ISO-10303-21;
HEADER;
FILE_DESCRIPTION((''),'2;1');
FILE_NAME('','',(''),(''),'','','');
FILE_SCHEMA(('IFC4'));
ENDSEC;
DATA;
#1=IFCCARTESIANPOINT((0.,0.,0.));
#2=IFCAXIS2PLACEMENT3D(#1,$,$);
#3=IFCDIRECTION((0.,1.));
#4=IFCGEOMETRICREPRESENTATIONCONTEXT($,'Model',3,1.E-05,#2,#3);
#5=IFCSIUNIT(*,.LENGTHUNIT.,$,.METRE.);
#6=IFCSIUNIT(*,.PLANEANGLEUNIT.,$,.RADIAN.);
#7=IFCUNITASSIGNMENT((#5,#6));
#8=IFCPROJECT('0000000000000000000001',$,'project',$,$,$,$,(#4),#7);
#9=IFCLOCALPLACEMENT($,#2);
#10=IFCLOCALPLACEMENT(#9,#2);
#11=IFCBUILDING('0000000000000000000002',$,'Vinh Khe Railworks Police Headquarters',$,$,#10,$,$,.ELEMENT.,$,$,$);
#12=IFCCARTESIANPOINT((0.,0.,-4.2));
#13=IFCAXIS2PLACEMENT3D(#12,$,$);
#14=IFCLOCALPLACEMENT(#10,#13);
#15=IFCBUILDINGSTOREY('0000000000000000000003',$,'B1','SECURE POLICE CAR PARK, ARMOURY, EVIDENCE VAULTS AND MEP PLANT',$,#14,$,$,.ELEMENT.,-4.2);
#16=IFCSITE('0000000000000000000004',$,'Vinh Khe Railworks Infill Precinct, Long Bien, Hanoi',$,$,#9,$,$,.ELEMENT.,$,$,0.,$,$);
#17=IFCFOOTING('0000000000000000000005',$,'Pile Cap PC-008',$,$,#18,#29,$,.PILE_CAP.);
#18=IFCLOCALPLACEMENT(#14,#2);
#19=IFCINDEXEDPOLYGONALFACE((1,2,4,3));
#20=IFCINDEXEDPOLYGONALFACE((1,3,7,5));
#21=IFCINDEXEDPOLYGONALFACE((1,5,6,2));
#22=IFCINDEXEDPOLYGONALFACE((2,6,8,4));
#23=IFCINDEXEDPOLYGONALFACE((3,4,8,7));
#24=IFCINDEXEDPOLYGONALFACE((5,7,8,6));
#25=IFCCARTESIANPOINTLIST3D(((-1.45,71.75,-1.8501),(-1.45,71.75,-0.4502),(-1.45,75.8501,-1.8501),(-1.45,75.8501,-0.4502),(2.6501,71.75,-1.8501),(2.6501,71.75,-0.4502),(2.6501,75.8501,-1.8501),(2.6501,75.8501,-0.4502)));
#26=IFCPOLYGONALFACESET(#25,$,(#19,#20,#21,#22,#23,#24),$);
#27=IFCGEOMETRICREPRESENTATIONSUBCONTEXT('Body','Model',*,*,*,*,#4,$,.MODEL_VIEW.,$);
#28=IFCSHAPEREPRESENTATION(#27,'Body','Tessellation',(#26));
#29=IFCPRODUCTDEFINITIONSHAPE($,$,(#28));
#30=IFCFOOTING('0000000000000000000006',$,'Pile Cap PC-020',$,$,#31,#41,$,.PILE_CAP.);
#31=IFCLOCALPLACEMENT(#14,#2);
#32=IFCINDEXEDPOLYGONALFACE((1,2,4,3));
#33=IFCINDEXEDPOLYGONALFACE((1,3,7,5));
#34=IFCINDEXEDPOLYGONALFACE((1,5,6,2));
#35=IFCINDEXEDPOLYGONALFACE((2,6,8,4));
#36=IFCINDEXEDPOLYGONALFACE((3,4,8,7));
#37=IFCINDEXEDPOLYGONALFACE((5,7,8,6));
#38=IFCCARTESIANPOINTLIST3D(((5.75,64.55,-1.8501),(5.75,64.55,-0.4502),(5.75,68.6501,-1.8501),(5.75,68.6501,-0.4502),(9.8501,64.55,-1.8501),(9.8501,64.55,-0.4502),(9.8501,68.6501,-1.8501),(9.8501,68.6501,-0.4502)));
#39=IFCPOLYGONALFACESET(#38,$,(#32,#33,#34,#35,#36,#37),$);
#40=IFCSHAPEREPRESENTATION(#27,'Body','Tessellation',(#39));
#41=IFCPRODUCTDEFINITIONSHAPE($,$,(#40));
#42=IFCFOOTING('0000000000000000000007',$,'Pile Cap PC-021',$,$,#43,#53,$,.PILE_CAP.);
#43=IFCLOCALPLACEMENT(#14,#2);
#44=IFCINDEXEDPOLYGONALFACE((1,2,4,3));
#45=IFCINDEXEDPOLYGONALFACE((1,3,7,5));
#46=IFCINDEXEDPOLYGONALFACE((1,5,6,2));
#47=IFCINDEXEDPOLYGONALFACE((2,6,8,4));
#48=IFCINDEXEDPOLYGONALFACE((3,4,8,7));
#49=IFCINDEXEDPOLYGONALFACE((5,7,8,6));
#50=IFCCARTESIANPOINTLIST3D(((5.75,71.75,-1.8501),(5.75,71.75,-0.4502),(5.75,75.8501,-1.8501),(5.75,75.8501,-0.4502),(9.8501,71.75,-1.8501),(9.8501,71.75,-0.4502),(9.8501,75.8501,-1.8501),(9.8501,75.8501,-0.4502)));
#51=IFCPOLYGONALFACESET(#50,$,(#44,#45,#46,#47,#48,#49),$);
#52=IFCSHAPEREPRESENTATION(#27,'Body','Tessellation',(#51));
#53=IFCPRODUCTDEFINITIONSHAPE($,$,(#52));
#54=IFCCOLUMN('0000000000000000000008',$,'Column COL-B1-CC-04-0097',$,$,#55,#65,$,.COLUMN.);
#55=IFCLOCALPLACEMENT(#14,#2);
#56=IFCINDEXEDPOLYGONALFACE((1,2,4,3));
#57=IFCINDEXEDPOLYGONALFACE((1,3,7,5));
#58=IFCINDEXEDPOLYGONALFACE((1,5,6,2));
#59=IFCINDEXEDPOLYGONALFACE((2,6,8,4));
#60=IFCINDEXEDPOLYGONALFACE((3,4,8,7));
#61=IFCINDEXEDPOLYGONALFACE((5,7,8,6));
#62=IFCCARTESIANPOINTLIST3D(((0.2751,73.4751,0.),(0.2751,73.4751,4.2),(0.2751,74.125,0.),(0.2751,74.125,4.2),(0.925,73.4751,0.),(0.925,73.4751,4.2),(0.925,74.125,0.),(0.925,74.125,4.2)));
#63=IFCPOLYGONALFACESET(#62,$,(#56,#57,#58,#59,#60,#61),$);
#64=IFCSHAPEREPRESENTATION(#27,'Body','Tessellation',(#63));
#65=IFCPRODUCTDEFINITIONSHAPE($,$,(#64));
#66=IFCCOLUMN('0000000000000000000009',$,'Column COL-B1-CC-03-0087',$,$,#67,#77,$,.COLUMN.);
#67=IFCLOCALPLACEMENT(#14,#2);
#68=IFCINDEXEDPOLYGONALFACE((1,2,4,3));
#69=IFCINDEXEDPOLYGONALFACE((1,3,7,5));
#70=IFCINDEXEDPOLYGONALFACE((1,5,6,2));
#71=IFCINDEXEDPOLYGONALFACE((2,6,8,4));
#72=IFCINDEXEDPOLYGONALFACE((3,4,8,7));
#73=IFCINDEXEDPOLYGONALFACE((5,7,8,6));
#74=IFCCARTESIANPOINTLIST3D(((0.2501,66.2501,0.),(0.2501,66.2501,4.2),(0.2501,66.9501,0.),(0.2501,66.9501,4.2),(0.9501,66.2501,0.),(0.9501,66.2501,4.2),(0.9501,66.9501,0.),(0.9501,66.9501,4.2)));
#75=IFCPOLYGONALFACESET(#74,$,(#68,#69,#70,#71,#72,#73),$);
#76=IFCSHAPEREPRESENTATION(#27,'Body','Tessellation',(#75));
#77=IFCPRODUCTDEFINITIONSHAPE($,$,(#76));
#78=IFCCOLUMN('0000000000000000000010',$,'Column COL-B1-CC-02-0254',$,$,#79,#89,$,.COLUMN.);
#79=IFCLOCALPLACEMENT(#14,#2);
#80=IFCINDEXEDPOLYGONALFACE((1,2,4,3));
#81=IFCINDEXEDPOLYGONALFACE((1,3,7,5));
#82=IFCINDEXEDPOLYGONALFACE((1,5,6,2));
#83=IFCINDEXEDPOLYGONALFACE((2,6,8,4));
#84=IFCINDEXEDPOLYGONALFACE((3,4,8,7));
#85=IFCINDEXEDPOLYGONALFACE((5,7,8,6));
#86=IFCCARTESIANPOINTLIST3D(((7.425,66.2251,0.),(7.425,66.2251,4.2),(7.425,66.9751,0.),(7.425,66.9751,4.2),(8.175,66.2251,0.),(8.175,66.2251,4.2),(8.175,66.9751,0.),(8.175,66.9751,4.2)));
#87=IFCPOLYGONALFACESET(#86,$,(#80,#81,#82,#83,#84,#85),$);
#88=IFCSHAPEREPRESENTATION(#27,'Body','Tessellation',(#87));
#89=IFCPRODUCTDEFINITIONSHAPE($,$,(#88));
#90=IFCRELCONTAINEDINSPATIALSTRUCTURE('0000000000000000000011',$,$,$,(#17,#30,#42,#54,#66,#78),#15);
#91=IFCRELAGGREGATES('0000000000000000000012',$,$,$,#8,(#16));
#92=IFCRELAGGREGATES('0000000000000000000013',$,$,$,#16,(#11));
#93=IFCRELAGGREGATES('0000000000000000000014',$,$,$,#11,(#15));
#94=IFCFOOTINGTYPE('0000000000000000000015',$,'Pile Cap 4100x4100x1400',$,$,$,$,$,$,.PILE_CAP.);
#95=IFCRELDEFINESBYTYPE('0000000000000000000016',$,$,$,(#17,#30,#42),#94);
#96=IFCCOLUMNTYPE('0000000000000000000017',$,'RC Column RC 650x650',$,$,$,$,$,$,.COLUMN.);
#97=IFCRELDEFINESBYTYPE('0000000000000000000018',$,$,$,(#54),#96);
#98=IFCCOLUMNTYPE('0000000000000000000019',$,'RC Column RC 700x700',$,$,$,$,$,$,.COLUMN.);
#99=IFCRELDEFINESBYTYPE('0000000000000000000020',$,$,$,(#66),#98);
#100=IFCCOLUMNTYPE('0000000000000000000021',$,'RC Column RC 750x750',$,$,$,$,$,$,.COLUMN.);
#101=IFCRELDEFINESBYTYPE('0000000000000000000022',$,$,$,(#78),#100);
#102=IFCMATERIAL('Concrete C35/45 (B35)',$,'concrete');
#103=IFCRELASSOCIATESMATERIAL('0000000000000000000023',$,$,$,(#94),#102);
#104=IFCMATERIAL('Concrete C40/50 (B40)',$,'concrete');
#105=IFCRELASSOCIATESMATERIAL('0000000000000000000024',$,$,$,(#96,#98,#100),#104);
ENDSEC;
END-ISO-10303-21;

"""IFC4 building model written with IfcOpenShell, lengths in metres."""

from ifc_helpers import new_model, si_unit, direction, frame, origin, origin_2d, place, context, subcontext, project, spatial, rectangle, extrude, material, material_profile, profile_set, type_object, element, save


model = new_model("IFC4")

# Units and contexts
model_context = context("Model", 3, precision=1e-05, world=origin(), true_north=direction((0.0, 1.0)))
body_context = subcontext(model_context, "Body", "Model", "MODEL_VIEW")
ifc_project = project(units=[si_unit("LENGTHUNIT", "METRE"), si_unit("PLANEANGLEUNIT", "RADIAN")], contexts=[model_context])

# Site, building, storey
site_placement = place(None, origin())
site = spatial("IfcSite", under=ifc_project, at=site_placement, Name="Vinh Khe Railworks Infill Precinct, Long Bien, Hanoi", CompositionType="ELEMENT", RefElevation=0.0)
building_placement = place(site_placement, origin())
building = spatial("IfcBuilding", under=site, at=building_placement, Name="Vinh Khe Railworks Police Headquarters", CompositionType="ELEMENT")
storey_placement = place(building_placement, frame((0.0, 0.0, -4.2)))
storey = spatial("IfcBuildingStorey", under=building, at=storey_placement, Name="B1", Description="SECURE POLICE CAR PARK, ARMOURY, EVIDENCE VAULTS AND MEP PLANT", CompositionType="ELEMENT", Elevation=-4.2)

# Shared definitions
ifc_material_1 = material(Name="Concrete C35/45 (B35)", Category="concrete")

# Footings
footing_type_1 = type_object("IfcFootingType", Name="Pile Cap 4100x4100x1400", PredefinedType="PILE_CAP", material=ifc_material_1)
for number, where, z_axis, x_axis, name in (
    (1, (0.6001, 73.8, -1.8501), (0.0, 0.0, 1.0), (1.0, 0.0, 0.0), "Pile Cap PC-008"),
    (2, (7.8, 66.6001, -1.8501), (0.0, 0.0, 1.0), (1.0, 0.0, 0.0), "Pile Cap PC-020"),
    (3, (7.8, 73.8, -1.8501), (0.0, 0.0, 1.0), (1.0, 0.0, 0.0), "Pile Cap PC-021"),
):
    element("IfcFooting", number, at=place(storey_placement, frame(where, z_axis=z_axis, x_axis=x_axis)), inside=storey, type_object=footing_type_1, Name=name, PredefinedType="PILE_CAP", context=body_context, shape_type="SweptSolid", body=[
        extrude(rectangle(XDim=4.1001, YDim=4.1001, at=origin_2d()), origin(), (0.0, 0.0, 1.0), 1.3999),
    ])

# Columns
ifc_material_2 = material(Name="Concrete C40/50 (B40)", Category="concrete")
ifc_material_profile_1 = material_profile(ifc_material_2, rectangle(XDim=0.6499, YDim=0.6499, at=origin_2d()), Name="RC 650x650")
ifc_profile_set_1 = profile_set([ifc_material_profile_1], Name="Concrete C40/50 (B40)")
column_type_1 = type_object("IfcColumnType", Name="RC Column RC 650x650", PredefinedType="COLUMN", material=ifc_profile_set_1)
column_1_placement = place(storey_placement, frame((0.6001, 73.8, 0.0), z_axis=(0.0, 0.0, 1.0), x_axis=(1.0, 0.0, 0.0)))
element("IfcColumn", 4, at=column_1_placement, inside=storey, type_object=column_type_1, Name="Column COL-B1-CC-04-0097", PredefinedType="COLUMN", context=body_context, shape_type="SweptSolid", body=[
    extrude(rectangle(XDim=0.6499, YDim=0.6499, at=origin_2d()), origin(), (0.0, 0.0, 1.0), 4.2),
])
ifc_material_profile_2 = material_profile(ifc_material_2, rectangle(XDim=0.7, YDim=0.7, at=origin_2d()), Name="RC 700x700")
ifc_profile_set_2 = profile_set([ifc_material_profile_2], Name="Concrete C40/50 (B40)")
column_type_2 = type_object("IfcColumnType", Name="RC Column RC 700x700", PredefinedType="COLUMN", material=ifc_profile_set_2)
column_2_placement = place(storey_placement, frame((0.6001, 66.6001, 0.0), z_axis=(0.0, 0.0, 1.0), x_axis=(1.0, 0.0, 0.0)))
element("IfcColumn", 5, at=column_2_placement, inside=storey, type_object=column_type_2, Name="Column COL-B1-CC-03-0087", PredefinedType="COLUMN", context=body_context, shape_type="SweptSolid", body=[
    extrude(rectangle(XDim=0.7, YDim=0.7, at=origin_2d()), origin(), (0.0, 0.0, 1.0), 4.2),
])
ifc_material_profile_3 = material_profile(ifc_material_2, rectangle(XDim=0.75, YDim=0.75, at=origin_2d()), Name="RC 750x750")
ifc_profile_set_3 = profile_set([ifc_material_profile_3], Name="Concrete C40/50 (B40)")
column_type_3 = type_object("IfcColumnType", Name="RC Column RC 750x750", PredefinedType="COLUMN", material=ifc_profile_set_3)
column_3_placement = place(storey_placement, frame((7.8, 66.6001, 0.0), z_axis=(0.0, 0.0, 1.0), x_axis=(1.0, 0.0, 0.0)))
element("IfcColumn", 6, at=column_3_placement, inside=storey, type_object=column_type_3, Name="Column COL-B1-CC-02-0254", PredefinedType="COLUMN", context=body_context, shape_type="SweptSolid", body=[
    extrude(rectangle(XDim=0.75, YDim=0.75, at=origin_2d()), origin(), (0.0, 0.0, 1.0), 4.2),
])

save(model, "model.ifc")
